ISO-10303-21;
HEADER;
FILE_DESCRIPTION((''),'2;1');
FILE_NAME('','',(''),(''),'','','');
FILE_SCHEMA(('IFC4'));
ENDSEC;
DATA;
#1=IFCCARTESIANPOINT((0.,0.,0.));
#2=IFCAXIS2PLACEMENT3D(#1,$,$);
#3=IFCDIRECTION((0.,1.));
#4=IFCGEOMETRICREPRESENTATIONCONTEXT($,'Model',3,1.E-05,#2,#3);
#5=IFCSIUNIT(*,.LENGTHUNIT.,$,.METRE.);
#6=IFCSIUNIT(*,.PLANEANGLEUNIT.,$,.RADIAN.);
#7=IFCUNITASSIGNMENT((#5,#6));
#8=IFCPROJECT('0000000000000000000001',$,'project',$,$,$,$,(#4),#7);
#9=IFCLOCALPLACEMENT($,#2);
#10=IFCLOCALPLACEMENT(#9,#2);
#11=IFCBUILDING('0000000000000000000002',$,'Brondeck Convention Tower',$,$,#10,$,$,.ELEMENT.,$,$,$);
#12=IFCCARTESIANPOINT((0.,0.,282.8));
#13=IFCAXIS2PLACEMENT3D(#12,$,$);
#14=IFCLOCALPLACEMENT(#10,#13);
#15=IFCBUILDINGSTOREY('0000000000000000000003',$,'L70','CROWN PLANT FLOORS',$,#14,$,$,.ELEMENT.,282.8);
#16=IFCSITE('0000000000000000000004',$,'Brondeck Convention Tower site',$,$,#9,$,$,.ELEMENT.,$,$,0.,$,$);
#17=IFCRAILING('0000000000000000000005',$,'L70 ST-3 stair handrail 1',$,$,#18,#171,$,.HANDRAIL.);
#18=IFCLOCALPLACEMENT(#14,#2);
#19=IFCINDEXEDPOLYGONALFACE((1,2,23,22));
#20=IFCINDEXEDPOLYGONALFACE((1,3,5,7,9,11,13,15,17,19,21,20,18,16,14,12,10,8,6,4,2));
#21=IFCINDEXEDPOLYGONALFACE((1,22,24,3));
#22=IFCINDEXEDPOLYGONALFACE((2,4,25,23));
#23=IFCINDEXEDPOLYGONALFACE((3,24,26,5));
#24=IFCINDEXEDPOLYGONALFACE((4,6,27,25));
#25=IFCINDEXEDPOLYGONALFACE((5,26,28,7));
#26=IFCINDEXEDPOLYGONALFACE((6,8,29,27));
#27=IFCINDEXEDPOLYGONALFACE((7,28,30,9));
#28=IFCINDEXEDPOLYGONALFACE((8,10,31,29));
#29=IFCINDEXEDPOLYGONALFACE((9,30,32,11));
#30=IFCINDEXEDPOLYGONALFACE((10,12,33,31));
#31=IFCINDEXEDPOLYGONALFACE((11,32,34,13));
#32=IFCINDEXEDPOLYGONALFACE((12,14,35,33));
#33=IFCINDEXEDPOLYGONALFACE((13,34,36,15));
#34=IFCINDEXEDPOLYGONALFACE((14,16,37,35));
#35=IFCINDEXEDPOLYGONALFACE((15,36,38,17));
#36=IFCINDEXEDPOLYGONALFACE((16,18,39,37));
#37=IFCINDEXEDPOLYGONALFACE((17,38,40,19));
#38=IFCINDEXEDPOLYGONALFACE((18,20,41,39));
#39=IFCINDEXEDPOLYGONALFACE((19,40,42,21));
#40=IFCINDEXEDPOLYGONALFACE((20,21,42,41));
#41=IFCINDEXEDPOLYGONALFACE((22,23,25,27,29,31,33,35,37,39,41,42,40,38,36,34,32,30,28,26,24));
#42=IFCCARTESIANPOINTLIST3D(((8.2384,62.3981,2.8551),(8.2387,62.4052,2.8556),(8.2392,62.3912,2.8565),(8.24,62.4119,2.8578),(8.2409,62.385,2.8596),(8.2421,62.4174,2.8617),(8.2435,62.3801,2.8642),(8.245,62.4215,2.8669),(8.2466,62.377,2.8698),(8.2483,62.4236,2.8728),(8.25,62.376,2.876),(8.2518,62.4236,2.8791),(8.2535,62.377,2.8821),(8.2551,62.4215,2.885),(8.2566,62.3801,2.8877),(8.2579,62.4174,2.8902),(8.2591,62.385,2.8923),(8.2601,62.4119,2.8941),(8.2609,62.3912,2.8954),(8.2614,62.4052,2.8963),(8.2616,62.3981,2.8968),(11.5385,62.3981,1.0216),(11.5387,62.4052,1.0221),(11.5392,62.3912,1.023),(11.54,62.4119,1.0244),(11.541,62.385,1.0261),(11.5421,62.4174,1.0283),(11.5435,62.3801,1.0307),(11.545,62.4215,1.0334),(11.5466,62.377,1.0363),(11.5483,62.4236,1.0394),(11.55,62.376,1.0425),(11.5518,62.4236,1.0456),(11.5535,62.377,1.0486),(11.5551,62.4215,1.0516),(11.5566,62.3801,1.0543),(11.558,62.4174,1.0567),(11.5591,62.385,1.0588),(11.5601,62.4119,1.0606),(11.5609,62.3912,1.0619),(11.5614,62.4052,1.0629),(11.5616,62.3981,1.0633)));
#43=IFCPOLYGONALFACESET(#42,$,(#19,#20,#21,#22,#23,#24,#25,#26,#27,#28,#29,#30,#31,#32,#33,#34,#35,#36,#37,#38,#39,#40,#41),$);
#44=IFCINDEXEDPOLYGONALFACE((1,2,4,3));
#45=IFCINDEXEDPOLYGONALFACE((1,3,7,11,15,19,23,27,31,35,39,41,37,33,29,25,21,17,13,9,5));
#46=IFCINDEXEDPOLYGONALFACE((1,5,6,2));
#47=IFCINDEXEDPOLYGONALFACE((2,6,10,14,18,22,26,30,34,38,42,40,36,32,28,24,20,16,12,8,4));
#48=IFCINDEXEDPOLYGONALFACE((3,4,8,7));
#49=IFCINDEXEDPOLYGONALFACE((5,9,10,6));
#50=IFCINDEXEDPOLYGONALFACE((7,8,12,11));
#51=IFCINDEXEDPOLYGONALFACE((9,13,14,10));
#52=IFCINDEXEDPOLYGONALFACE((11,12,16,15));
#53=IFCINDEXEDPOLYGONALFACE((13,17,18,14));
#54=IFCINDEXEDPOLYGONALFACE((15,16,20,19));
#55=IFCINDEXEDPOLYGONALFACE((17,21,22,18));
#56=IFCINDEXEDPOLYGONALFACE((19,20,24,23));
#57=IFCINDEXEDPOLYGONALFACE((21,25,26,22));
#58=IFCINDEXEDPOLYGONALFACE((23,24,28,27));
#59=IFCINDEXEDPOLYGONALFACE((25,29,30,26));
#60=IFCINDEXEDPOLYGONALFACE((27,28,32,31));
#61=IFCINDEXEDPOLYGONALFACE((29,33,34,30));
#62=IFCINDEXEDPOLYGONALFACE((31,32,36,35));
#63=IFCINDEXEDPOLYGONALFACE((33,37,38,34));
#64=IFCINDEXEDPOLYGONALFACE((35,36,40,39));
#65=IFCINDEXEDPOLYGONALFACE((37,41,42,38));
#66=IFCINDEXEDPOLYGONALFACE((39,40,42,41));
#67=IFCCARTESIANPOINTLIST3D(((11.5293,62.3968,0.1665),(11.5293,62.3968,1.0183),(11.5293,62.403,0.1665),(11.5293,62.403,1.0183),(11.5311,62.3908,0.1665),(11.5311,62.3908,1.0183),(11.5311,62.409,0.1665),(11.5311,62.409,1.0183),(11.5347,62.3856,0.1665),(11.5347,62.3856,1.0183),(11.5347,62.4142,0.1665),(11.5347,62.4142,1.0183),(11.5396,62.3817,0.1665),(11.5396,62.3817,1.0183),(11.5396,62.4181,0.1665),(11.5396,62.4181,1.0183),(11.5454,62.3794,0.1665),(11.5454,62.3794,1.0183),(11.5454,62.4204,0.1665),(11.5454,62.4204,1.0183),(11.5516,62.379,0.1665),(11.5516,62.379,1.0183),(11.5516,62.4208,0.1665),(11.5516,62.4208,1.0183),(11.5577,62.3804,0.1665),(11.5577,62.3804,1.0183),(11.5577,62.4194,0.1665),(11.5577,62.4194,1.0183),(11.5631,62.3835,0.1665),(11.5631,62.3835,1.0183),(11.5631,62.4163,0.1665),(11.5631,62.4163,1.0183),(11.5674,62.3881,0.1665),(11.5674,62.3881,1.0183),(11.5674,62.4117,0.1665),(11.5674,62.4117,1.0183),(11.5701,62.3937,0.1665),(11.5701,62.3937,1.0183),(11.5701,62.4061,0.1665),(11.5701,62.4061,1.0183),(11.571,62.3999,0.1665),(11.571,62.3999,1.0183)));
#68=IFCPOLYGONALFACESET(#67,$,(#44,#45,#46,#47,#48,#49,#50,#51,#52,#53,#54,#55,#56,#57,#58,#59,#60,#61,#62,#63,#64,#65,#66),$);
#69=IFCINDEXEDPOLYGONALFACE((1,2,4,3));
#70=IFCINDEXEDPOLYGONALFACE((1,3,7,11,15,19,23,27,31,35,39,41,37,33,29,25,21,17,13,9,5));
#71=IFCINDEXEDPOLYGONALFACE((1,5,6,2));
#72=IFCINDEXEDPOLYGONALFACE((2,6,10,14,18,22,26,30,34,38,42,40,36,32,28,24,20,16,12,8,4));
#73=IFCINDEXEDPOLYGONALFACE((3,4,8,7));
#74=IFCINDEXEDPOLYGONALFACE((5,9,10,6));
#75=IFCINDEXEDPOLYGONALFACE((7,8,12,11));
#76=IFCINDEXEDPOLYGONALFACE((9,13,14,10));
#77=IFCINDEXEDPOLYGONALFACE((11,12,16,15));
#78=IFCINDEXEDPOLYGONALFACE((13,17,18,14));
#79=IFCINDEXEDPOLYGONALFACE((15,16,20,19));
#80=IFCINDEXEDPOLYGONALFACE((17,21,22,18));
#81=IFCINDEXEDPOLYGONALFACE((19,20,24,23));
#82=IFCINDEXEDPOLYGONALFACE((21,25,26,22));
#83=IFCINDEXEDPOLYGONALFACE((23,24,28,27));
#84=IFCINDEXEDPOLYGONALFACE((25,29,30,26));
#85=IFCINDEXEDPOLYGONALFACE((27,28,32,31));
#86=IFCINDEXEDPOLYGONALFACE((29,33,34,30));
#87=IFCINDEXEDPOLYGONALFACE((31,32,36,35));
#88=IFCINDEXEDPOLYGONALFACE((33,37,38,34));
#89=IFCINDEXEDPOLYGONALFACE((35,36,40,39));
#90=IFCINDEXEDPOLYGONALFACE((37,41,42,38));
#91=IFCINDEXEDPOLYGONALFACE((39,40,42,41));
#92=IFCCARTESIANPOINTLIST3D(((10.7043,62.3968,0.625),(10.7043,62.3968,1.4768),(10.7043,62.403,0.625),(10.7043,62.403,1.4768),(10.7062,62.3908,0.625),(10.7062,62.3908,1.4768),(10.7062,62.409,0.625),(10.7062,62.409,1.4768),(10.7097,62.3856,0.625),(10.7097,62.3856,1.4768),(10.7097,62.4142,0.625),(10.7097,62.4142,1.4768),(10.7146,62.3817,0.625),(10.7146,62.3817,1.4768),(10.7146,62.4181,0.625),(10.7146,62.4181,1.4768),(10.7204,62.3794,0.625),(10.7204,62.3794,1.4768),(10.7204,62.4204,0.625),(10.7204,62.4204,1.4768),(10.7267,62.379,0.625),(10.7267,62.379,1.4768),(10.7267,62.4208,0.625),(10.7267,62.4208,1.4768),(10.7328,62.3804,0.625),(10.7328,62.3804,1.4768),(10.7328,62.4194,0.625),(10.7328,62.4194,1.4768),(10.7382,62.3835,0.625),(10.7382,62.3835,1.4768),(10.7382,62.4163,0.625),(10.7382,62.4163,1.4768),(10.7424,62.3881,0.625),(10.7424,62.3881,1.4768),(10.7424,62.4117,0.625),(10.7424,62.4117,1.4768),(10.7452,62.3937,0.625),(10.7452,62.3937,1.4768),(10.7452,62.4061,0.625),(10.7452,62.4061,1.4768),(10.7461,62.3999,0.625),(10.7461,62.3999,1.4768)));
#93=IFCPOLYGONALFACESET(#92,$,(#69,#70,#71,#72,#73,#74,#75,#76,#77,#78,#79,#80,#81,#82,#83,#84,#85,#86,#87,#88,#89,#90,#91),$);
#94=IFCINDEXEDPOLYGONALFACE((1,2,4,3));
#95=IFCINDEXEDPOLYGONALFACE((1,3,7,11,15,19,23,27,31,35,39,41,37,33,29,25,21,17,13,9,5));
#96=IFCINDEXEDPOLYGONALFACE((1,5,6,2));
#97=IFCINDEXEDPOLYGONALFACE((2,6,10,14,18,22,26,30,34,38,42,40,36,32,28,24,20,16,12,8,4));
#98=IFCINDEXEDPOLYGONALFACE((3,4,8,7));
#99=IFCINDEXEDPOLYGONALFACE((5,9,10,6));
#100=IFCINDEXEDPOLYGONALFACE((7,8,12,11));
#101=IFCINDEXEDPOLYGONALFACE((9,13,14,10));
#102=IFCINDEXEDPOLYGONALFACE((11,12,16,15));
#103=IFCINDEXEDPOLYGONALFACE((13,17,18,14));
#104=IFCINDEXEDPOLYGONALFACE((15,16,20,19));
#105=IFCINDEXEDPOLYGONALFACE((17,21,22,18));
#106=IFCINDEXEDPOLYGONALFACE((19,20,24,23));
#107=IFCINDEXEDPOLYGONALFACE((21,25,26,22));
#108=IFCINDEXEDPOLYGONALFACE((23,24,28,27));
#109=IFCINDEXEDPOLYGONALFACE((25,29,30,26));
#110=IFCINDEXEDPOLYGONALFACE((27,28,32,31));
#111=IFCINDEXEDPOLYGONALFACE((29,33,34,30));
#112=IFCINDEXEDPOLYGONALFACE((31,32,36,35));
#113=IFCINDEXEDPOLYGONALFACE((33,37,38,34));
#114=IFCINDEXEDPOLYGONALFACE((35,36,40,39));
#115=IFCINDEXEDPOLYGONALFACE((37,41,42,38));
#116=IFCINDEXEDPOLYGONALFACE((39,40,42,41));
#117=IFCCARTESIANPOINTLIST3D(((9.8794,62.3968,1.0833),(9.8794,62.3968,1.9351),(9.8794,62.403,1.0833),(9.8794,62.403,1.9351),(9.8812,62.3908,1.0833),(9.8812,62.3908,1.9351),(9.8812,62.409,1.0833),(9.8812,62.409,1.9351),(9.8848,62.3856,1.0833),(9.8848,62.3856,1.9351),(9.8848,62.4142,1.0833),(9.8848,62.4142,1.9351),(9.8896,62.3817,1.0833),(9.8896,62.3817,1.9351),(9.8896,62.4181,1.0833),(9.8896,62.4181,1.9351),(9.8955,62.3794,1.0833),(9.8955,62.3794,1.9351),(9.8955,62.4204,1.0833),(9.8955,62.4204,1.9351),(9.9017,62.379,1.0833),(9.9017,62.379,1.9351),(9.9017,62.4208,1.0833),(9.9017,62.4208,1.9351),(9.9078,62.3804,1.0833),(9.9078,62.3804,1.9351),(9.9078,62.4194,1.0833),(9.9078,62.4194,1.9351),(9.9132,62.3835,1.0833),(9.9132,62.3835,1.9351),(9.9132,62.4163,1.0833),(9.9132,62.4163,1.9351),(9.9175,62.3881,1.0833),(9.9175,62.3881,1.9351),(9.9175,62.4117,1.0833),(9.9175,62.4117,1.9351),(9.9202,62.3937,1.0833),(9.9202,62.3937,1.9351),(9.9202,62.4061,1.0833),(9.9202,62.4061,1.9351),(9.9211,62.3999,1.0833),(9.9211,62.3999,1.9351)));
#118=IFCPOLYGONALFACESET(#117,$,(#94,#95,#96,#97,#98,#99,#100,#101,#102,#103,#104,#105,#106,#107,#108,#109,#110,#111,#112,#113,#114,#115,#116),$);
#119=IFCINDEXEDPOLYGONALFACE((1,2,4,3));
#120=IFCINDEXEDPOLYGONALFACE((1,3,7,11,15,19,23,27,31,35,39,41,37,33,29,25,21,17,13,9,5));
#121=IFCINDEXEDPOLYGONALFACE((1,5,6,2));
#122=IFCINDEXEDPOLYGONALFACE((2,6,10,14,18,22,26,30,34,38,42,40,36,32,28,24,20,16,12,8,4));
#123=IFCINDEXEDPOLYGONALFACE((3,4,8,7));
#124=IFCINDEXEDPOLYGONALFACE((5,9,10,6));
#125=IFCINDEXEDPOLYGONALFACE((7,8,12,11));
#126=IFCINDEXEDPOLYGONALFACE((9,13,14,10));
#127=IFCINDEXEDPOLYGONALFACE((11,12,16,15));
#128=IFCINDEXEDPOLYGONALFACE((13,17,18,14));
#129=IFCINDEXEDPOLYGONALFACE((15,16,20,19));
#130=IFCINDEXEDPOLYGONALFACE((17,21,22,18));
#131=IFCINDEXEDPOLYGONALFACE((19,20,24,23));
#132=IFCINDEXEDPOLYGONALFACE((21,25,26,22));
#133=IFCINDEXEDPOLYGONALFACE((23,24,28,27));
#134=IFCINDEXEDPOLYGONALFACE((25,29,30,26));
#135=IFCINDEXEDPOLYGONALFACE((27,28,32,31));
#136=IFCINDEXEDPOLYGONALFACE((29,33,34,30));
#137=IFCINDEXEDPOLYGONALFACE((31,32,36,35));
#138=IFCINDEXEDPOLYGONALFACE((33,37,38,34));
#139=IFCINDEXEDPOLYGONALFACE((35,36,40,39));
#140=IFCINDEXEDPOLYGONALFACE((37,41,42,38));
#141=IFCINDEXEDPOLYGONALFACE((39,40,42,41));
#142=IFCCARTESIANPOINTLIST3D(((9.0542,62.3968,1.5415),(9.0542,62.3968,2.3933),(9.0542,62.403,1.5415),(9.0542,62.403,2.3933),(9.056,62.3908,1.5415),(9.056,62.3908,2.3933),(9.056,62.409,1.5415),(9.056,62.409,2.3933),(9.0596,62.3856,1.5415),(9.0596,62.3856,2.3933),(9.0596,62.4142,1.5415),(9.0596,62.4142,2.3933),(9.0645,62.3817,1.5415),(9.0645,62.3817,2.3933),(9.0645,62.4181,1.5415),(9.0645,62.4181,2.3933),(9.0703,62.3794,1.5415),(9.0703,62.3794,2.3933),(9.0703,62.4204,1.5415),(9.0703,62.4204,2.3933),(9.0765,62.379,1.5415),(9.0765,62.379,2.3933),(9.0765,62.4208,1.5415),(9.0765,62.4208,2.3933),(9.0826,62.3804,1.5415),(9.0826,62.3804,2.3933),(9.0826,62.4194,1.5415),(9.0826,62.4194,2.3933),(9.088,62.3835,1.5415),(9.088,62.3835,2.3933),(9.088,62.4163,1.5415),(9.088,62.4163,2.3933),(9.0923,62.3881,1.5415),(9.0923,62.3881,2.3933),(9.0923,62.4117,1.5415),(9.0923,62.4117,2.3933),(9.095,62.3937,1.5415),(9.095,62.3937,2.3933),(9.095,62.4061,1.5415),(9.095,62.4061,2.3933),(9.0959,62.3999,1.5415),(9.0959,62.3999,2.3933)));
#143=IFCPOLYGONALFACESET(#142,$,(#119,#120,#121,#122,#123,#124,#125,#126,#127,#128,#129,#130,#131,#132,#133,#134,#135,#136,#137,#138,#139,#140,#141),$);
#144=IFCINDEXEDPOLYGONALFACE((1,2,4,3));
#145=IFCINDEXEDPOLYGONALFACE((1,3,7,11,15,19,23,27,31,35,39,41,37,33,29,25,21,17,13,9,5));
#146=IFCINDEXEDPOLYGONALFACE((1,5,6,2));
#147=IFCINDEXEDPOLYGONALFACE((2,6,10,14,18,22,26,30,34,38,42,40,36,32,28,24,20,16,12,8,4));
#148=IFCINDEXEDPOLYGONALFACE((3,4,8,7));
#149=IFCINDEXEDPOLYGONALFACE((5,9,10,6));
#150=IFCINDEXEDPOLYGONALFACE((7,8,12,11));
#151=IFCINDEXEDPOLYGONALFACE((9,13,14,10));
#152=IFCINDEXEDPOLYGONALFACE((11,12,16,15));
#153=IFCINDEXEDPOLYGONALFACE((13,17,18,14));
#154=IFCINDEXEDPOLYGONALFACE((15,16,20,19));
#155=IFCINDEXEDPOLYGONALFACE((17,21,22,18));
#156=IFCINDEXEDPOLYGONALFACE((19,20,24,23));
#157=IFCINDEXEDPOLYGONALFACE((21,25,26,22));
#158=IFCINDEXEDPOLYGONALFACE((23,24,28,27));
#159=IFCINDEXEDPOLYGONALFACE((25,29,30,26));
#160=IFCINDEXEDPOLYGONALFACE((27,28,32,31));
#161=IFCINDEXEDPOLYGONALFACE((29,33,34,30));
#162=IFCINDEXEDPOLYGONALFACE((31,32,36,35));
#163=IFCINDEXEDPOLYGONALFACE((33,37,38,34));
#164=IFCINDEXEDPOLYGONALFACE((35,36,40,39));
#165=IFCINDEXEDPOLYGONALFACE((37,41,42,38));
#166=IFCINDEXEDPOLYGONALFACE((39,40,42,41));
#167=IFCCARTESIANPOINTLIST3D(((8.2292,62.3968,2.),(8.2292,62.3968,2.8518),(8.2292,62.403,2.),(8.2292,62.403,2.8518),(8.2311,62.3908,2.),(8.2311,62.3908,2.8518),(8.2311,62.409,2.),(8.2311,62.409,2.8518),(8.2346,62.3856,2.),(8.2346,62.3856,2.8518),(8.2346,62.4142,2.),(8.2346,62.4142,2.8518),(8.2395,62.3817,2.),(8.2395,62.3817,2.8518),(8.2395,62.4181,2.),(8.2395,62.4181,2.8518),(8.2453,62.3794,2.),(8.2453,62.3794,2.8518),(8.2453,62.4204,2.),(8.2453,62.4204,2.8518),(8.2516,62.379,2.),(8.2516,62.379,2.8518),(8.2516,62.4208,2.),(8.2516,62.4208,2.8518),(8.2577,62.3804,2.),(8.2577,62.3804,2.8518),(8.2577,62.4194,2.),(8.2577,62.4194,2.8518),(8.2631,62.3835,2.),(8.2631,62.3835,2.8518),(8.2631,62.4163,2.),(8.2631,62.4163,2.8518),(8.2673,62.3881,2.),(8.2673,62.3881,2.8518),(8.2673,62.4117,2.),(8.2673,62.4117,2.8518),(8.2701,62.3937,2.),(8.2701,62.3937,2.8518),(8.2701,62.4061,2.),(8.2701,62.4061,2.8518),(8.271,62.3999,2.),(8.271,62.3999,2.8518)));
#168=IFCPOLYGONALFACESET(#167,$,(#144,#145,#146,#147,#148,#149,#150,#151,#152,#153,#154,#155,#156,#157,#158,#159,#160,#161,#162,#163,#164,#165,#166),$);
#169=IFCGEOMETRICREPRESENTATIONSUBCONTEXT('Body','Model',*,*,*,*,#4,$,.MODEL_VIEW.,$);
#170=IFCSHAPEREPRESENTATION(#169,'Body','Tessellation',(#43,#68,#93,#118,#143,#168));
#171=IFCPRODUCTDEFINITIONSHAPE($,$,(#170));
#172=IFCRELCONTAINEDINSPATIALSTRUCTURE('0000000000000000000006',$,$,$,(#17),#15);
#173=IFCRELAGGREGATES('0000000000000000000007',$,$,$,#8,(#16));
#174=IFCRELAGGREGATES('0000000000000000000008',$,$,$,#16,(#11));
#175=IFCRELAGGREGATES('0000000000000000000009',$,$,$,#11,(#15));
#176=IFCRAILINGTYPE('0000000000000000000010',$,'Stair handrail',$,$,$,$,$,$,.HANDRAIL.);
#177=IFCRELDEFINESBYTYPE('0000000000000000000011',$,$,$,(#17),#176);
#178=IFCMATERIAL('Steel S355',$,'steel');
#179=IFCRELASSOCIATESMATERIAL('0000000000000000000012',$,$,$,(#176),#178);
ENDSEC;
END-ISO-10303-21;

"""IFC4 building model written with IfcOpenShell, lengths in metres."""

from ifc_helpers import new_model, si_unit, direction, frame, origin, origin_2d, place, context, subcontext, project, spatial, circle, extrude, material, type_object, element, save


model = new_model("IFC4")

# Units and contexts
model_context = context("Model", 3, precision=1e-05, world=origin(), true_north=direction((0.0, 1.0)))
body_context = subcontext(model_context, "Body", "Model", "MODEL_VIEW")
ifc_project = project(units=[si_unit("LENGTHUNIT", "METRE"), si_unit("PLANEANGLEUNIT", "RADIAN")], contexts=[model_context])

# Site, building, storey
site_placement = place(None, origin())
site = spatial("IfcSite", under=ifc_project, at=site_placement, Name="Brondeck Convention Tower site", CompositionType="ELEMENT", RefElevation=0.0)
building_placement = place(site_placement, origin())
building = spatial("IfcBuilding", under=site, at=building_placement, Name="Brondeck Convention Tower", CompositionType="ELEMENT")
storey_placement = place(building_placement, frame((0.0, 0.0, 282.8)))
storey = spatial("IfcBuildingStorey", under=building, at=storey_placement, Name="L70", Description="CROWN PLANT FLOORS", CompositionType="ELEMENT", Elevation=282.8)

# Railing
ifc_material_1 = material(Name="Steel S355", Category="steel")
railing_type_1 = type_object("IfcRailingType", Name="Stair handrail", PredefinedType="HANDRAIL", material=ifc_material_1)
railing_1_placement = place(storey_placement, frame((11.55, 62.3999, 0.1665)))
element("IfcRailing", 1, at=railing_1_placement, inside=storey, type_object=railing_type_1, Name="L70 ST-3 stair handrail 1", PredefinedType="HANDRAIL", context=body_context, shape_type="SweptSolid", body=[
    extrude(circle(Radius=0.0239, at=origin_2d()), frame((0.0, 0.0, 0.876), z_axis=(-0.874142, 0.0, 0.48567), x_axis=(0.0, -1.0, 0.0)), (0.0, 0.0, 1.0), 3.7751),
    extrude(circle(Radius=0.021, at=origin_2d()), origin(), (0.0, 0.0, 1.0), 0.8518),
    extrude(circle(Radius=0.021, at=origin_2d()), frame((-0.825, 0.0, 0.4585)), (0.0, 0.0, 1.0), 0.8518),
    extrude(circle(Radius=0.021, at=origin_2d()), frame((-1.6499, 0.0, 0.9167)), (0.0, 0.0, 1.0), 0.8518),
    extrude(circle(Radius=0.021, at=origin_2d()), frame((-2.4751, 0.0, 1.375)), (0.0, 0.0, 1.0), 0.8518),
    extrude(circle(Radius=0.021, at=origin_2d()), frame((-3.3, 0.0, 1.8335)), (0.0, 0.0, 1.0), 0.8518),
])

save(model, "model.ifc")
